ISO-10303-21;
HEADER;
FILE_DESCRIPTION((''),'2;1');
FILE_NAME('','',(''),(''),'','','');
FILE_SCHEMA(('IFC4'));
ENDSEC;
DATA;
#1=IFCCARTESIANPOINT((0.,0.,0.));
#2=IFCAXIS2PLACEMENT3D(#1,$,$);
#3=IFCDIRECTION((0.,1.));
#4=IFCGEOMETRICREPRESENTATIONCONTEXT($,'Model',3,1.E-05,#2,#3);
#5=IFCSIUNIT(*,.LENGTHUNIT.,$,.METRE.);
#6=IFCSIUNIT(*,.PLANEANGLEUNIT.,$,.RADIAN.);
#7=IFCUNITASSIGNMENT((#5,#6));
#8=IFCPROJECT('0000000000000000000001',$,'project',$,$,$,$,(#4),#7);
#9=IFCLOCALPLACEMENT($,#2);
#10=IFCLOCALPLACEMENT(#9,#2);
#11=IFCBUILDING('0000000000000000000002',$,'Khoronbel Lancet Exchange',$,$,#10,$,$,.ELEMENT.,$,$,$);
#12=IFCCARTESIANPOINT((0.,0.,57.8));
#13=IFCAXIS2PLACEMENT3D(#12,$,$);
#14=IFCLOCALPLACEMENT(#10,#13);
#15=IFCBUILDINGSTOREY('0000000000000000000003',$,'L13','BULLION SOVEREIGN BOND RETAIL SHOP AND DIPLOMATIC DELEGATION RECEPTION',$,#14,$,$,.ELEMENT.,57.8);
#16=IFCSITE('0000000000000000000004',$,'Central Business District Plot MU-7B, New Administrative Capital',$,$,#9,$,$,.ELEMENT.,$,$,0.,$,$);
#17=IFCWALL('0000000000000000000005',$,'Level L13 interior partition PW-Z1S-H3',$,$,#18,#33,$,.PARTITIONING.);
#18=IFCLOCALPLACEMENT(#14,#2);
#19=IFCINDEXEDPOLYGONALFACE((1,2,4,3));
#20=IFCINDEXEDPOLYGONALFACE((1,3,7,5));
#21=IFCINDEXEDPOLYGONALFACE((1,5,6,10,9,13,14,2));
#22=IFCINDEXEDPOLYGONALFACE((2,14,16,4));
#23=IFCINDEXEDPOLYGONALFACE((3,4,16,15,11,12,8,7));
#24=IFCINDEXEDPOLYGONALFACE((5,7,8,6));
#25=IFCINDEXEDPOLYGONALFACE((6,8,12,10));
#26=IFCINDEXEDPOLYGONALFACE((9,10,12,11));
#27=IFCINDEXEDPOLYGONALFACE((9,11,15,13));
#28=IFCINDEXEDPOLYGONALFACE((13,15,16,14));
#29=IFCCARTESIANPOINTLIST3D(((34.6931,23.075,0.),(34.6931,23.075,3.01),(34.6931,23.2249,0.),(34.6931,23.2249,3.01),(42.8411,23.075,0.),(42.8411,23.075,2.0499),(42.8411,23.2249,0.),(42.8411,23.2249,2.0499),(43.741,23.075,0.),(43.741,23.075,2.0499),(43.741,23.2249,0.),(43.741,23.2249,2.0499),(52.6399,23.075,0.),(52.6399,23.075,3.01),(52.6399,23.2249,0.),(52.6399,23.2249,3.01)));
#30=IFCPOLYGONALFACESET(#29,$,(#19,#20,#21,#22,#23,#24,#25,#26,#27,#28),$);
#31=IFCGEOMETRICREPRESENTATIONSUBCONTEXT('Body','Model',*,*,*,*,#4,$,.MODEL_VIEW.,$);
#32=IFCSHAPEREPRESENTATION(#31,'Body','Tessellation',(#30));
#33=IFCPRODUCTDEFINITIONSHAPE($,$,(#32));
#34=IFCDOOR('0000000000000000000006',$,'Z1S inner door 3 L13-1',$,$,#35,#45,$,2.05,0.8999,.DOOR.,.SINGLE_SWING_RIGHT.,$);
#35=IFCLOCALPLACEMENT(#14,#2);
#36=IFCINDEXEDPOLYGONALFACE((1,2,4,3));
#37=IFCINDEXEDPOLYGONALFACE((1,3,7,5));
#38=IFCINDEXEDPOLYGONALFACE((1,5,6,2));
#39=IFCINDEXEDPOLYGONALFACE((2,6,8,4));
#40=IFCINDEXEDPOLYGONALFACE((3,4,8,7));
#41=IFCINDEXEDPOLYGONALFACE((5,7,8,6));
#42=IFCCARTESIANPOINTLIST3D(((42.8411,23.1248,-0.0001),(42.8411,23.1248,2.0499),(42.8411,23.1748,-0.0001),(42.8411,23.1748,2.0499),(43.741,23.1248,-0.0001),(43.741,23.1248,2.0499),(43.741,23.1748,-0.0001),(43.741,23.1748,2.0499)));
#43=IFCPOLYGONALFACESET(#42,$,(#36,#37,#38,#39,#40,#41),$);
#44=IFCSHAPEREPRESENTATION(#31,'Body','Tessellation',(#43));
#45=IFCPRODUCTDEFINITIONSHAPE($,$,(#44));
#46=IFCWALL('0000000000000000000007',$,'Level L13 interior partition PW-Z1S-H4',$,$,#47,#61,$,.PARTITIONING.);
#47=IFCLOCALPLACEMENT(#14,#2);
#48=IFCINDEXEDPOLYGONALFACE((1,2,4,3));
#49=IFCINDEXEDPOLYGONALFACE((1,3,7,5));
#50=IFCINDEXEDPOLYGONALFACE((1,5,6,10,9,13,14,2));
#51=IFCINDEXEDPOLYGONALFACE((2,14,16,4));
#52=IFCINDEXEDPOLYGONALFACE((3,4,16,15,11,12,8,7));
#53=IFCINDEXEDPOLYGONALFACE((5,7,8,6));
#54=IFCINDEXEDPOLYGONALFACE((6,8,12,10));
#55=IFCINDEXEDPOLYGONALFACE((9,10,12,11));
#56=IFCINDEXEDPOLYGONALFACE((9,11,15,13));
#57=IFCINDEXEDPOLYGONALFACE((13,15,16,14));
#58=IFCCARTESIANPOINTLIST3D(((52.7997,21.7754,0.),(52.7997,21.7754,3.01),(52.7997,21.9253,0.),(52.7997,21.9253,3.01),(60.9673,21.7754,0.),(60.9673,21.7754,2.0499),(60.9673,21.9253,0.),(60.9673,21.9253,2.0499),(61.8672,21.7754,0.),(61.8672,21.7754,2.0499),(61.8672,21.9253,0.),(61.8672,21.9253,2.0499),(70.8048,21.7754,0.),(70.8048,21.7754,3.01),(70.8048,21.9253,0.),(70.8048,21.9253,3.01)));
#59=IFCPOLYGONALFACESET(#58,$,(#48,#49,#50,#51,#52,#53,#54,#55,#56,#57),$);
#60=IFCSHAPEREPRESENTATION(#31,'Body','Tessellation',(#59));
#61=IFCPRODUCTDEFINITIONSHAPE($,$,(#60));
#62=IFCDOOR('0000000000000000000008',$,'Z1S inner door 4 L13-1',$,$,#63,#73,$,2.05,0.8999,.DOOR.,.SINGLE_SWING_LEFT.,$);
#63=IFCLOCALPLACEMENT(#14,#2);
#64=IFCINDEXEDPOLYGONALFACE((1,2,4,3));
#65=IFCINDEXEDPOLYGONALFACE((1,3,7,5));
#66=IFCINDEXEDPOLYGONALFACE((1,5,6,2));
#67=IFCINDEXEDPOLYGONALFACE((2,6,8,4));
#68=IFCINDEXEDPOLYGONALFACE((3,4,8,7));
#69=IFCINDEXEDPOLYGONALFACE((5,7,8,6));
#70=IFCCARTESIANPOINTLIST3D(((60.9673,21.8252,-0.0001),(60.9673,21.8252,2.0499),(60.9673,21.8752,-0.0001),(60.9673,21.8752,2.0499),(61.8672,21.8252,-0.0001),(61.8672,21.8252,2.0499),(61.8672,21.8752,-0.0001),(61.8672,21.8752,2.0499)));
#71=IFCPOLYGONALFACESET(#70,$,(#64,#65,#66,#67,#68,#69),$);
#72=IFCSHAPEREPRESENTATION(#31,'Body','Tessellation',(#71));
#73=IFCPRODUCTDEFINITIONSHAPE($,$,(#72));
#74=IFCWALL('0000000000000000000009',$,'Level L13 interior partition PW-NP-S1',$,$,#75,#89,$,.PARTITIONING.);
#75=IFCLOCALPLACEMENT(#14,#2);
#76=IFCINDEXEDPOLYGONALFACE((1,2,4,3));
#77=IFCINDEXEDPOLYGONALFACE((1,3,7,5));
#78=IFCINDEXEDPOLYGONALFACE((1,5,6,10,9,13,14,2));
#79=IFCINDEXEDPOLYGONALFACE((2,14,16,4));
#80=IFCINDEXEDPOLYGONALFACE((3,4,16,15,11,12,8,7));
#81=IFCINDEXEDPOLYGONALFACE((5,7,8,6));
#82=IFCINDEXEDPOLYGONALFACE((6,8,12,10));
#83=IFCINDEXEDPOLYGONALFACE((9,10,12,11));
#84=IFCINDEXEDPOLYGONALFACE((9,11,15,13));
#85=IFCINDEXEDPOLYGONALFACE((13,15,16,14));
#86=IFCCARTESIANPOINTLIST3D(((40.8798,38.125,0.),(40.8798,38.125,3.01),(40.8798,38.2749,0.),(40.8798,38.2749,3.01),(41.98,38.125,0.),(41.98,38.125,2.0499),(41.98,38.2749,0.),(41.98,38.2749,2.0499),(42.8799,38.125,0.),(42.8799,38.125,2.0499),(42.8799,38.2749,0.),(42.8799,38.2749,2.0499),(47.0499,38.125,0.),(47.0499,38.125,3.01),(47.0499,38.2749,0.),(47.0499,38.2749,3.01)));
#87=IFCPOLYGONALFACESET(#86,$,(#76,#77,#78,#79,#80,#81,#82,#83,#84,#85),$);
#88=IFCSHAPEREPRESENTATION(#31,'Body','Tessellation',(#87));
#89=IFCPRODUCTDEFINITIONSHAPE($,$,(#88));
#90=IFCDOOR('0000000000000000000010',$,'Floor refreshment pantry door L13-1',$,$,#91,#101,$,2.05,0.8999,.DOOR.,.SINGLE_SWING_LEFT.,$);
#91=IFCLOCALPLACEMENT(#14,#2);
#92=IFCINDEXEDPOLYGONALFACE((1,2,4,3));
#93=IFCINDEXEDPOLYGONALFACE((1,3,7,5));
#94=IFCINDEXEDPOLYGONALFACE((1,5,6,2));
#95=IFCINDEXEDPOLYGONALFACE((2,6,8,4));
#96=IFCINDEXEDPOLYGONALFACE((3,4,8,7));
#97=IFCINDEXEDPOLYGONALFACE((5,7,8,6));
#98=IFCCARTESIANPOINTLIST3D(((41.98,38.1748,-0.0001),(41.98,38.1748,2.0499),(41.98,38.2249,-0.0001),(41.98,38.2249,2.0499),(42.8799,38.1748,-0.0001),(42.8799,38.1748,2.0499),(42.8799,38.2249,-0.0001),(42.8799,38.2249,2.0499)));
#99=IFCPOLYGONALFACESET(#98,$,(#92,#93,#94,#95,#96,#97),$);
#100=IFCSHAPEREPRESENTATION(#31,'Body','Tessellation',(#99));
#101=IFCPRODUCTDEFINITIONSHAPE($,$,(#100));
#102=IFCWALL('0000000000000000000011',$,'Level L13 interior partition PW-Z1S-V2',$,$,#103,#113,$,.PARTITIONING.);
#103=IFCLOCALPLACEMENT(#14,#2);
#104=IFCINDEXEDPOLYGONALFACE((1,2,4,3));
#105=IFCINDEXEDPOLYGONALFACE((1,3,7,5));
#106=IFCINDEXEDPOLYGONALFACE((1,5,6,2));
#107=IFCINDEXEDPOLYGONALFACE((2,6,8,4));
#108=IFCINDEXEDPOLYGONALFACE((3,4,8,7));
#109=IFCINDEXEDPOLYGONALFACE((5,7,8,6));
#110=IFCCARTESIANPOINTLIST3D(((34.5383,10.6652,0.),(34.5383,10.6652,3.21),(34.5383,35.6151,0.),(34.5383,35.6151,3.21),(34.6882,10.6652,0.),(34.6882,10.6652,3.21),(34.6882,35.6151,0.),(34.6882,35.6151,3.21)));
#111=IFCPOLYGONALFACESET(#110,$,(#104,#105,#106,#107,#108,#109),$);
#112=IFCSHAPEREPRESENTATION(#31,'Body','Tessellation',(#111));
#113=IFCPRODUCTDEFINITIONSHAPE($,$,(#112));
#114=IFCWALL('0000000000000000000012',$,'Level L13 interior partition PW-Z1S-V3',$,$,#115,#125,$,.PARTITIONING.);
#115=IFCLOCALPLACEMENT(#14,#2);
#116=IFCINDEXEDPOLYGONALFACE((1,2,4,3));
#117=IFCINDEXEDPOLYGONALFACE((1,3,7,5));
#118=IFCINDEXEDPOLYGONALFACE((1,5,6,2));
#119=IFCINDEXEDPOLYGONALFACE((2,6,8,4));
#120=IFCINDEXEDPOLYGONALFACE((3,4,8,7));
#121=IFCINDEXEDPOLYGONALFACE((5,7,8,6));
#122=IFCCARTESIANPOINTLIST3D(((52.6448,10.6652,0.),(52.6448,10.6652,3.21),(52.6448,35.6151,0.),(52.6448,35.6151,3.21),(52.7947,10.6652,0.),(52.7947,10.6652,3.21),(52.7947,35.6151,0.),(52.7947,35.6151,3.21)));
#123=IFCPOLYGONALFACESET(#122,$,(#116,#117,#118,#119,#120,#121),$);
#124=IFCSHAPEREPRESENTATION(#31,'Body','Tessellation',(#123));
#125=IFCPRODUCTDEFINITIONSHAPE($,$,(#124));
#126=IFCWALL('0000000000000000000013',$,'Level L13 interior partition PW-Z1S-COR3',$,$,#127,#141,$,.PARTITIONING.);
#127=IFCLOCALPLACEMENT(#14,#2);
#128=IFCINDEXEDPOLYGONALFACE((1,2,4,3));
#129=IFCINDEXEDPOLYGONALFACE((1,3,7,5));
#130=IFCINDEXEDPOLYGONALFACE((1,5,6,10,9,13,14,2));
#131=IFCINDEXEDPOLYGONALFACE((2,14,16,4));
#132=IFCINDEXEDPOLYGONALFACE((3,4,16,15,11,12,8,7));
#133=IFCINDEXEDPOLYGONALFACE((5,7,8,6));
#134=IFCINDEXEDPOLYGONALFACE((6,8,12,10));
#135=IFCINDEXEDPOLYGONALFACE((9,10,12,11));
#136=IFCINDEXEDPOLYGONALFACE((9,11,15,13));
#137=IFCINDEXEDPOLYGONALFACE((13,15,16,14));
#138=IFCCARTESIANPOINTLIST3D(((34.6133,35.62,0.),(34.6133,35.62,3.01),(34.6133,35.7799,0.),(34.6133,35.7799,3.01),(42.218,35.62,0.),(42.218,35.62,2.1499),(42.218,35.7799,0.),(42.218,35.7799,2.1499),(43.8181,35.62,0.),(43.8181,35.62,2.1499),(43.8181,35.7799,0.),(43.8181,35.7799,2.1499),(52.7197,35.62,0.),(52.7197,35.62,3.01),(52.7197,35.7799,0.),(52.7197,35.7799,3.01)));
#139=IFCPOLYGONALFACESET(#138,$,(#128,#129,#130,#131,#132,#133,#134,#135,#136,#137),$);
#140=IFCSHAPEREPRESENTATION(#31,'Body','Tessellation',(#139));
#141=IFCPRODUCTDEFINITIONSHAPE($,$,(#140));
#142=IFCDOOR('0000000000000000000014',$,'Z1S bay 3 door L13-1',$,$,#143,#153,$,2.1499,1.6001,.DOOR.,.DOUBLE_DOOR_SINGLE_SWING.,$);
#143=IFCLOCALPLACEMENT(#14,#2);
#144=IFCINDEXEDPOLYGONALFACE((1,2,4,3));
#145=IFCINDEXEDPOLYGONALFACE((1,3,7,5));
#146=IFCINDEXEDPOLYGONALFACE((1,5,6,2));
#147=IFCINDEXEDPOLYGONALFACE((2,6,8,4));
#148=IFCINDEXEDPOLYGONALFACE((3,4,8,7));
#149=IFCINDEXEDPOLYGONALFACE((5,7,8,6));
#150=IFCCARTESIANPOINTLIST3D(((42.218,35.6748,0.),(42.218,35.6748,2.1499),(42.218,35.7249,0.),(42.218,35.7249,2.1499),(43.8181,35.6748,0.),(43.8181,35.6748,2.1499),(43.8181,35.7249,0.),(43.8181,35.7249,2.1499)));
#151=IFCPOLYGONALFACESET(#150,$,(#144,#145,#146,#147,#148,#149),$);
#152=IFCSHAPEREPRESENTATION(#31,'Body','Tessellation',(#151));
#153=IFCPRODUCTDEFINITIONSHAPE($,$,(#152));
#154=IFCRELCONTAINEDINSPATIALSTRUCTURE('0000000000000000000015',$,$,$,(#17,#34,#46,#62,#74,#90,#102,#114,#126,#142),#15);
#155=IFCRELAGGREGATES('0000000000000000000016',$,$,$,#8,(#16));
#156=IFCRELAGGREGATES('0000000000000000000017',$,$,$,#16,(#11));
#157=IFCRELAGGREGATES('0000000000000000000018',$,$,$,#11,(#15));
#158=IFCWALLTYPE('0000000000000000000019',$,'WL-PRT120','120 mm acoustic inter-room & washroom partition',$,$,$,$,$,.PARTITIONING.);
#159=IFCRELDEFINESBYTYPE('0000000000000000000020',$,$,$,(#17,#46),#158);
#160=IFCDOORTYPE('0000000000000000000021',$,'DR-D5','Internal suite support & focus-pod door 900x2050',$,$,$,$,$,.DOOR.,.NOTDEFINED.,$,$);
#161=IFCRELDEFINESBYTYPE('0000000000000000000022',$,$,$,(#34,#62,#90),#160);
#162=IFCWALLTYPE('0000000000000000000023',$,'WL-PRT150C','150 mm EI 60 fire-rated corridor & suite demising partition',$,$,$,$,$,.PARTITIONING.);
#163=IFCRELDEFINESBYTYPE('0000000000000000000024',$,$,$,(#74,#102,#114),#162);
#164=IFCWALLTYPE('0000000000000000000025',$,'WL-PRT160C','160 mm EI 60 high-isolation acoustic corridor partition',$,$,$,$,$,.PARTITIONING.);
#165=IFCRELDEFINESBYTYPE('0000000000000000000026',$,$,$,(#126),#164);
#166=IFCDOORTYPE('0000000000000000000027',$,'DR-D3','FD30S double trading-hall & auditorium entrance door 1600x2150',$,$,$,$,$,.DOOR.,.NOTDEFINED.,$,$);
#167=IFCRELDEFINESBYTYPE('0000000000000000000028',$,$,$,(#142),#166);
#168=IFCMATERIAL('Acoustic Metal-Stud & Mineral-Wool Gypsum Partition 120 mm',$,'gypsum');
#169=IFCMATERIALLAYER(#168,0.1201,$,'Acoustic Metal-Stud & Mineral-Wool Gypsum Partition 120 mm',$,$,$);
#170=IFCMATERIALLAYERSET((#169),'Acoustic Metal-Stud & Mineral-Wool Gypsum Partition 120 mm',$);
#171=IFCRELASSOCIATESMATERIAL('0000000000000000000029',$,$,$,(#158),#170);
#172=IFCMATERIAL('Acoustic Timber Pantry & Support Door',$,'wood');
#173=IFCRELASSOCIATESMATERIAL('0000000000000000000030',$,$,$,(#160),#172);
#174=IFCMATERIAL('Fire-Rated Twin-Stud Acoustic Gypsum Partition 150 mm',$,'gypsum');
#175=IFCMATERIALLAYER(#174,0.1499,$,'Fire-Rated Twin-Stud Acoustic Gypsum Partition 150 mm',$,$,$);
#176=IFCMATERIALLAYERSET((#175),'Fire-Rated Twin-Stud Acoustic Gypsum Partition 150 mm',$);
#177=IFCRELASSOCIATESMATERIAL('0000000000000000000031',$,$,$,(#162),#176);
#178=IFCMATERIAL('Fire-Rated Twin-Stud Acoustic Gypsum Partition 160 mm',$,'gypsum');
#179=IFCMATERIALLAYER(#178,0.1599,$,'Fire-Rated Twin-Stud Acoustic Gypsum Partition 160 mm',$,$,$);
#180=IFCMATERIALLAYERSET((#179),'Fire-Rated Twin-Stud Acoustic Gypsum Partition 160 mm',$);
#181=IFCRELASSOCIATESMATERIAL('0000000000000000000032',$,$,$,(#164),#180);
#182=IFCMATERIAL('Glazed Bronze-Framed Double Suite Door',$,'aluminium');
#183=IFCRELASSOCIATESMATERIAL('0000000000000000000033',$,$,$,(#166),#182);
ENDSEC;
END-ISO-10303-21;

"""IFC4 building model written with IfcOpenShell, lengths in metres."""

from ifc_helpers import new_model, si_unit, direction, frame, frame_2d, origin, place, context, subcontext, project, spatial, rectangle, extrude, material, layer, layer_set, type_object, element, fill, save


model = new_model("IFC4")

# Units and contexts
model_context = context("Model", 3, precision=1e-05, world=origin(), true_north=direction((0.0, 1.0)))
body_context = subcontext(model_context, "Body", "Model", "MODEL_VIEW")
ifc_project = project(units=[si_unit("LENGTHUNIT", "METRE"), si_unit("PLANEANGLEUNIT", "RADIAN")], contexts=[model_context])

# Site, building, storey
site_placement = place(None, origin())
site = spatial("IfcSite", under=ifc_project, at=site_placement, Name="Central Business District Plot MU-7B, New Administrative Capital", CompositionType="ELEMENT", RefElevation=0.0)
building_placement = place(site_placement, origin())
building = spatial("IfcBuilding", under=site, at=building_placement, Name="Khoronbel Lancet Exchange", CompositionType="ELEMENT")
storey_placement = place(building_placement, frame((0.0, 0.0, 57.8)))
storey = spatial("IfcBuildingStorey", under=building, at=storey_placement, Name="L13", Description="BULLION SOVEREIGN BOND RETAIL SHOP AND DIPLOMATIC DELEGATION RECEPTION", CompositionType="ELEMENT", Elevation=57.8)

# Walls, openings, doors
ifc_material_1 = material(Name="Acoustic Metal-Stud & Mineral-Wool Gypsum Partition 120 mm", Category="gypsum")
ifc_layer_1 = layer(ifc_material_1, 0.1201, Name="Acoustic Metal-Stud & Mineral-Wool Gypsum Partition 120 mm")
ifc_layer_set_1 = layer_set([ifc_layer_1], Name="Acoustic Metal-Stud & Mineral-Wool Gypsum Partition 120 mm")
wall_type_1 = type_object("IfcWallType", Name="WL-PRT120", Description="120 mm acoustic inter-room & washroom partition", PredefinedType="PARTITIONING", material=ifc_layer_set_1)
wall_1_placement = place(storey_placement, frame((34.6931, 23.1499, 0.0), z_axis=(0.0, 0.0, 1.0), x_axis=(1.0, 0.0, 0.0)))
wall_1 = element("IfcWall", 1, at=wall_1_placement, inside=storey, type_object=wall_type_1, Name="Level L13 interior partition PW-Z1S-H3", PredefinedType="PARTITIONING", context=body_context, shape_type="SweptSolid", body=[
    extrude(rectangle(XDim=17.9468, YDim=0.1499, at=frame_2d((8.9734, 0.0))), origin(), (0.0, 0.0, 1.0), 3.01),
])
opening_1_placement = place(wall_1_placement, frame((8.1479, 0.0, 0.0)))
opening_1 = element("IfcOpeningElement", 2, at=opening_1_placement, cuts=wall_1, PredefinedType="OPENING", context=body_context, shape_type="SweptSolid", body=[
    extrude(rectangle(XDim=0.8999, YDim=2.05, at=frame_2d((0.45, 1.0249))), frame((0.0, 0.085, 0.0), z_axis=(0.0, -1.0, 0.0), x_axis=(1.0, 0.0, 0.0)), (0.0, 0.0, 1.0), 0.1699),
])
ifc_material_2 = material(Name="Acoustic Timber Pantry & Support Door", Category="wood")
door_type_1 = type_object("IfcDoorType", Name="DR-D5", Description="Internal suite support & focus-pod door 900x2050", OperationType="NOTDEFINED", PredefinedType="DOOR", material=ifc_material_2)
door_1_placement = place(opening_1_placement, origin())
door_1 = element("IfcDoor", 3, at=door_1_placement, inside=storey, type_object=door_type_1, Name="Z1S inner door 3 L13-1", OperationType="SINGLE_SWING_RIGHT", OverallHeight=2.05, OverallWidth=0.8999, PredefinedType="DOOR", context=body_context, shape_type="SweptSolid", body=[
    extrude(rectangle(XDim=0.8999, YDim=2.05, at=frame_2d((0.45, 1.0249))), frame((0.0, 0.0249, 0.0), z_axis=(0.0, -1.0, 0.0), x_axis=(1.0, 0.0, 0.0)), (0.0, 0.0, 1.0), 0.05),
])
fill(opening_1, door_1)
wall_2_placement = place(storey_placement, frame((52.7998, 21.8503, 0.0), z_axis=(0.0, 0.0, 1.0), x_axis=(1.0, 0.0, 0.0)))
wall_2 = element("IfcWall", 4, at=wall_2_placement, inside=storey, type_object=wall_type_1, Name="Level L13 interior partition PW-Z1S-H4", PredefinedType="PARTITIONING", context=body_context, shape_type="SweptSolid", body=[
    extrude(rectangle(XDim=18.0051, YDim=0.1499, at=frame_2d((9.0024, 0.0))), origin(), (0.0, 0.0, 1.0), 3.01),
])
opening_2_placement = place(wall_2_placement, frame((8.1675, 0.0, 0.0)))
opening_2 = element("IfcOpeningElement", 5, at=opening_2_placement, cuts=wall_2, PredefinedType="OPENING", context=body_context, shape_type="SweptSolid", body=[
    extrude(rectangle(XDim=0.8999, YDim=2.05, at=frame_2d((0.45, 1.0249))), frame((0.0, 0.085, 0.0), z_axis=(0.0, -1.0, 0.0), x_axis=(1.0, 0.0, 0.0)), (0.0, 0.0, 1.0), 0.1699),
])
door_2_placement = place(opening_2_placement, origin())
door_2 = element("IfcDoor", 6, at=door_2_placement, inside=storey, type_object=door_type_1, Name="Z1S inner door 4 L13-1", OperationType="SINGLE_SWING_LEFT", OverallHeight=2.05, OverallWidth=0.8999, PredefinedType="DOOR", context=body_context, shape_type="SweptSolid", body=[
    extrude(rectangle(XDim=0.8999, YDim=2.05, at=frame_2d((0.45, 1.0249))), frame((0.0, 0.0249, 0.0), z_axis=(0.0, -1.0, 0.0), x_axis=(1.0, 0.0, 0.0)), (0.0, 0.0, 1.0), 0.05),
])
fill(opening_2, door_2)
ifc_material_3 = material(Name="Fire-Rated Twin-Stud Acoustic Gypsum Partition 150 mm", Category="gypsum")
ifc_layer_2 = layer(ifc_material_3, 0.1499, Name="Fire-Rated Twin-Stud Acoustic Gypsum Partition 150 mm")
ifc_layer_set_2 = layer_set([ifc_layer_2], Name="Fire-Rated Twin-Stud Acoustic Gypsum Partition 150 mm")
wall_type_2 = type_object("IfcWallType", Name="WL-PRT150C", Description="150 mm EI 60 fire-rated corridor & suite demising partition", PredefinedType="PARTITIONING", material=ifc_layer_set_2)
wall_3_placement = place(storey_placement, frame((40.8799, 38.2, 0.0), z_axis=(0.0, 0.0, 1.0), x_axis=(1.0, 0.0, 0.0)))
wall_3 = element("IfcWall", 7, at=wall_3_placement, inside=storey, type_object=wall_type_2, Name="Level L13 interior partition PW-NP-S1", PredefinedType="PARTITIONING", context=body_context, shape_type="SweptSolid", body=[
    extrude(rectangle(XDim=6.1702, YDim=0.1499, at=frame_2d((3.085, 0.0))), origin(), (0.0, 0.0, 1.0), 3.01),
])
opening_3_placement = place(wall_3_placement, frame((1.1001, 0.0, 0.0)))
opening_3 = element("IfcOpeningElement", 8, at=opening_3_placement, cuts=wall_3, PredefinedType="OPENING", context=body_context, shape_type="SweptSolid", body=[
    extrude(rectangle(XDim=0.8999, YDim=2.05, at=frame_2d((0.45, 1.0249))), frame((0.0, 0.085, 0.0), z_axis=(0.0, -1.0, 0.0), x_axis=(1.0, 0.0, 0.0)), (0.0, 0.0, 1.0), 0.1699),
])
door_3_placement = place(opening_3_placement, origin())
door_3 = element("IfcDoor", 9, at=door_3_placement, inside=storey, type_object=door_type_1, Name="Floor refreshment pantry door L13-1", OperationType="SINGLE_SWING_LEFT", OverallHeight=2.05, OverallWidth=0.8999, PredefinedType="DOOR", context=body_context, shape_type="SweptSolid", body=[
    extrude(rectangle(XDim=0.8999, YDim=2.05, at=frame_2d((0.45, 1.0249))), frame((0.0, 0.0249, 0.0), z_axis=(0.0, -1.0, 0.0), x_axis=(1.0, 0.0, 0.0)), (0.0, 0.0, 1.0), 0.05),
])
fill(opening_3, door_3)

# Walls
for number, where, z_axis, x_axis, name in (
    (10, (34.6133, 10.665, 0.0), (0.0, 0.0, 1.0), (0.0, 1.0, 0.0), "Level L13 interior partition PW-Z1S-V2"),
    (11, (52.7197, 10.665, 0.0), (0.0, 0.0, 1.0), (0.0, 1.0, 0.0), "Level L13 interior partition PW-Z1S-V3"),
):
    element("IfcWall", number, at=place(storey_placement, frame(where, z_axis=z_axis, x_axis=x_axis)), inside=storey, type_object=wall_type_2, Name=name, PredefinedType="PARTITIONING", context=body_context, shape_type="SweptSolid", body=[
        extrude(rectangle(XDim=24.95, YDim=0.1499, at=frame_2d((12.4751, 0.0))), origin(), (0.0, 0.0, 1.0), 3.21),
    ])

# Wall, opening, door
ifc_material_4 = material(Name="Fire-Rated Twin-Stud Acoustic Gypsum Partition 160 mm", Category="gypsum")
ifc_layer_3 = layer(ifc_material_4, 0.1599, Name="Fire-Rated Twin-Stud Acoustic Gypsum Partition 160 mm")
ifc_layer_set_3 = layer_set([ifc_layer_3], Name="Fire-Rated Twin-Stud Acoustic Gypsum Partition 160 mm")
wall_type_3 = type_object("IfcWallType", Name="WL-PRT160C", Description="160 mm EI 60 high-isolation acoustic corridor partition", PredefinedType="PARTITIONING", material=ifc_layer_set_3)
wall_4_placement = place(storey_placement, frame((34.6133, 35.7, 0.0), z_axis=(0.0, 0.0, 1.0), x_axis=(1.0, 0.0, 0.0)))
wall_4 = element("IfcWall", 12, at=wall_4_placement, inside=storey, type_object=wall_type_3, Name="Level L13 interior partition PW-Z1S-COR3", PredefinedType="PARTITIONING", context=body_context, shape_type="SweptSolid", body=[
    extrude(rectangle(XDim=18.1064, YDim=0.1599, at=frame_2d((9.0532, 0.0))), origin(), (0.0, 0.0, 1.0), 3.01),
])
opening_4_placement = place(wall_4_placement, frame((7.6047, 0.0, 0.0)))
opening_4 = element("IfcOpeningElement", 13, at=opening_4_placement, cuts=wall_4, PredefinedType="OPENING", context=body_context, shape_type="SweptSolid", body=[
    extrude(rectangle(XDim=1.6001, YDim=2.1499, at=frame_2d((0.8, 1.075))), frame((0.0, 0.0898, 0.0), z_axis=(0.0, -1.0, 0.0), x_axis=(1.0, 0.0, 0.0)), (0.0, 0.0, 1.0), 0.1799),
])
ifc_material_5 = material(Name="Glazed Bronze-Framed Double Suite Door", Category="aluminium")
door_type_2 = type_object("IfcDoorType", Name="DR-D3", Description="FD30S double trading-hall & auditorium entrance door 1600x2150", OperationType="NOTDEFINED", PredefinedType="DOOR", material=ifc_material_5)
door_4_placement = place(opening_4_placement, origin())
door_4 = element("IfcDoor", 14, at=door_4_placement, inside=storey, type_object=door_type_2, Name="Z1S bay 3 door L13-1", OperationType="DOUBLE_DOOR_SINGLE_SWING", OverallHeight=2.1499, OverallWidth=1.6001, PredefinedType="DOOR", context=body_context, shape_type="SweptSolid", body=[
    extrude(rectangle(XDim=1.6001, YDim=2.1499, at=frame_2d((0.8, 1.075))), frame((0.0, 0.0249, 0.0), z_axis=(0.0, -1.0, 0.0), x_axis=(1.0, 0.0, 0.0)), (0.0, 0.0, 1.0), 0.05),
])
fill(opening_4, door_4)

save(model, "model.ifc")
